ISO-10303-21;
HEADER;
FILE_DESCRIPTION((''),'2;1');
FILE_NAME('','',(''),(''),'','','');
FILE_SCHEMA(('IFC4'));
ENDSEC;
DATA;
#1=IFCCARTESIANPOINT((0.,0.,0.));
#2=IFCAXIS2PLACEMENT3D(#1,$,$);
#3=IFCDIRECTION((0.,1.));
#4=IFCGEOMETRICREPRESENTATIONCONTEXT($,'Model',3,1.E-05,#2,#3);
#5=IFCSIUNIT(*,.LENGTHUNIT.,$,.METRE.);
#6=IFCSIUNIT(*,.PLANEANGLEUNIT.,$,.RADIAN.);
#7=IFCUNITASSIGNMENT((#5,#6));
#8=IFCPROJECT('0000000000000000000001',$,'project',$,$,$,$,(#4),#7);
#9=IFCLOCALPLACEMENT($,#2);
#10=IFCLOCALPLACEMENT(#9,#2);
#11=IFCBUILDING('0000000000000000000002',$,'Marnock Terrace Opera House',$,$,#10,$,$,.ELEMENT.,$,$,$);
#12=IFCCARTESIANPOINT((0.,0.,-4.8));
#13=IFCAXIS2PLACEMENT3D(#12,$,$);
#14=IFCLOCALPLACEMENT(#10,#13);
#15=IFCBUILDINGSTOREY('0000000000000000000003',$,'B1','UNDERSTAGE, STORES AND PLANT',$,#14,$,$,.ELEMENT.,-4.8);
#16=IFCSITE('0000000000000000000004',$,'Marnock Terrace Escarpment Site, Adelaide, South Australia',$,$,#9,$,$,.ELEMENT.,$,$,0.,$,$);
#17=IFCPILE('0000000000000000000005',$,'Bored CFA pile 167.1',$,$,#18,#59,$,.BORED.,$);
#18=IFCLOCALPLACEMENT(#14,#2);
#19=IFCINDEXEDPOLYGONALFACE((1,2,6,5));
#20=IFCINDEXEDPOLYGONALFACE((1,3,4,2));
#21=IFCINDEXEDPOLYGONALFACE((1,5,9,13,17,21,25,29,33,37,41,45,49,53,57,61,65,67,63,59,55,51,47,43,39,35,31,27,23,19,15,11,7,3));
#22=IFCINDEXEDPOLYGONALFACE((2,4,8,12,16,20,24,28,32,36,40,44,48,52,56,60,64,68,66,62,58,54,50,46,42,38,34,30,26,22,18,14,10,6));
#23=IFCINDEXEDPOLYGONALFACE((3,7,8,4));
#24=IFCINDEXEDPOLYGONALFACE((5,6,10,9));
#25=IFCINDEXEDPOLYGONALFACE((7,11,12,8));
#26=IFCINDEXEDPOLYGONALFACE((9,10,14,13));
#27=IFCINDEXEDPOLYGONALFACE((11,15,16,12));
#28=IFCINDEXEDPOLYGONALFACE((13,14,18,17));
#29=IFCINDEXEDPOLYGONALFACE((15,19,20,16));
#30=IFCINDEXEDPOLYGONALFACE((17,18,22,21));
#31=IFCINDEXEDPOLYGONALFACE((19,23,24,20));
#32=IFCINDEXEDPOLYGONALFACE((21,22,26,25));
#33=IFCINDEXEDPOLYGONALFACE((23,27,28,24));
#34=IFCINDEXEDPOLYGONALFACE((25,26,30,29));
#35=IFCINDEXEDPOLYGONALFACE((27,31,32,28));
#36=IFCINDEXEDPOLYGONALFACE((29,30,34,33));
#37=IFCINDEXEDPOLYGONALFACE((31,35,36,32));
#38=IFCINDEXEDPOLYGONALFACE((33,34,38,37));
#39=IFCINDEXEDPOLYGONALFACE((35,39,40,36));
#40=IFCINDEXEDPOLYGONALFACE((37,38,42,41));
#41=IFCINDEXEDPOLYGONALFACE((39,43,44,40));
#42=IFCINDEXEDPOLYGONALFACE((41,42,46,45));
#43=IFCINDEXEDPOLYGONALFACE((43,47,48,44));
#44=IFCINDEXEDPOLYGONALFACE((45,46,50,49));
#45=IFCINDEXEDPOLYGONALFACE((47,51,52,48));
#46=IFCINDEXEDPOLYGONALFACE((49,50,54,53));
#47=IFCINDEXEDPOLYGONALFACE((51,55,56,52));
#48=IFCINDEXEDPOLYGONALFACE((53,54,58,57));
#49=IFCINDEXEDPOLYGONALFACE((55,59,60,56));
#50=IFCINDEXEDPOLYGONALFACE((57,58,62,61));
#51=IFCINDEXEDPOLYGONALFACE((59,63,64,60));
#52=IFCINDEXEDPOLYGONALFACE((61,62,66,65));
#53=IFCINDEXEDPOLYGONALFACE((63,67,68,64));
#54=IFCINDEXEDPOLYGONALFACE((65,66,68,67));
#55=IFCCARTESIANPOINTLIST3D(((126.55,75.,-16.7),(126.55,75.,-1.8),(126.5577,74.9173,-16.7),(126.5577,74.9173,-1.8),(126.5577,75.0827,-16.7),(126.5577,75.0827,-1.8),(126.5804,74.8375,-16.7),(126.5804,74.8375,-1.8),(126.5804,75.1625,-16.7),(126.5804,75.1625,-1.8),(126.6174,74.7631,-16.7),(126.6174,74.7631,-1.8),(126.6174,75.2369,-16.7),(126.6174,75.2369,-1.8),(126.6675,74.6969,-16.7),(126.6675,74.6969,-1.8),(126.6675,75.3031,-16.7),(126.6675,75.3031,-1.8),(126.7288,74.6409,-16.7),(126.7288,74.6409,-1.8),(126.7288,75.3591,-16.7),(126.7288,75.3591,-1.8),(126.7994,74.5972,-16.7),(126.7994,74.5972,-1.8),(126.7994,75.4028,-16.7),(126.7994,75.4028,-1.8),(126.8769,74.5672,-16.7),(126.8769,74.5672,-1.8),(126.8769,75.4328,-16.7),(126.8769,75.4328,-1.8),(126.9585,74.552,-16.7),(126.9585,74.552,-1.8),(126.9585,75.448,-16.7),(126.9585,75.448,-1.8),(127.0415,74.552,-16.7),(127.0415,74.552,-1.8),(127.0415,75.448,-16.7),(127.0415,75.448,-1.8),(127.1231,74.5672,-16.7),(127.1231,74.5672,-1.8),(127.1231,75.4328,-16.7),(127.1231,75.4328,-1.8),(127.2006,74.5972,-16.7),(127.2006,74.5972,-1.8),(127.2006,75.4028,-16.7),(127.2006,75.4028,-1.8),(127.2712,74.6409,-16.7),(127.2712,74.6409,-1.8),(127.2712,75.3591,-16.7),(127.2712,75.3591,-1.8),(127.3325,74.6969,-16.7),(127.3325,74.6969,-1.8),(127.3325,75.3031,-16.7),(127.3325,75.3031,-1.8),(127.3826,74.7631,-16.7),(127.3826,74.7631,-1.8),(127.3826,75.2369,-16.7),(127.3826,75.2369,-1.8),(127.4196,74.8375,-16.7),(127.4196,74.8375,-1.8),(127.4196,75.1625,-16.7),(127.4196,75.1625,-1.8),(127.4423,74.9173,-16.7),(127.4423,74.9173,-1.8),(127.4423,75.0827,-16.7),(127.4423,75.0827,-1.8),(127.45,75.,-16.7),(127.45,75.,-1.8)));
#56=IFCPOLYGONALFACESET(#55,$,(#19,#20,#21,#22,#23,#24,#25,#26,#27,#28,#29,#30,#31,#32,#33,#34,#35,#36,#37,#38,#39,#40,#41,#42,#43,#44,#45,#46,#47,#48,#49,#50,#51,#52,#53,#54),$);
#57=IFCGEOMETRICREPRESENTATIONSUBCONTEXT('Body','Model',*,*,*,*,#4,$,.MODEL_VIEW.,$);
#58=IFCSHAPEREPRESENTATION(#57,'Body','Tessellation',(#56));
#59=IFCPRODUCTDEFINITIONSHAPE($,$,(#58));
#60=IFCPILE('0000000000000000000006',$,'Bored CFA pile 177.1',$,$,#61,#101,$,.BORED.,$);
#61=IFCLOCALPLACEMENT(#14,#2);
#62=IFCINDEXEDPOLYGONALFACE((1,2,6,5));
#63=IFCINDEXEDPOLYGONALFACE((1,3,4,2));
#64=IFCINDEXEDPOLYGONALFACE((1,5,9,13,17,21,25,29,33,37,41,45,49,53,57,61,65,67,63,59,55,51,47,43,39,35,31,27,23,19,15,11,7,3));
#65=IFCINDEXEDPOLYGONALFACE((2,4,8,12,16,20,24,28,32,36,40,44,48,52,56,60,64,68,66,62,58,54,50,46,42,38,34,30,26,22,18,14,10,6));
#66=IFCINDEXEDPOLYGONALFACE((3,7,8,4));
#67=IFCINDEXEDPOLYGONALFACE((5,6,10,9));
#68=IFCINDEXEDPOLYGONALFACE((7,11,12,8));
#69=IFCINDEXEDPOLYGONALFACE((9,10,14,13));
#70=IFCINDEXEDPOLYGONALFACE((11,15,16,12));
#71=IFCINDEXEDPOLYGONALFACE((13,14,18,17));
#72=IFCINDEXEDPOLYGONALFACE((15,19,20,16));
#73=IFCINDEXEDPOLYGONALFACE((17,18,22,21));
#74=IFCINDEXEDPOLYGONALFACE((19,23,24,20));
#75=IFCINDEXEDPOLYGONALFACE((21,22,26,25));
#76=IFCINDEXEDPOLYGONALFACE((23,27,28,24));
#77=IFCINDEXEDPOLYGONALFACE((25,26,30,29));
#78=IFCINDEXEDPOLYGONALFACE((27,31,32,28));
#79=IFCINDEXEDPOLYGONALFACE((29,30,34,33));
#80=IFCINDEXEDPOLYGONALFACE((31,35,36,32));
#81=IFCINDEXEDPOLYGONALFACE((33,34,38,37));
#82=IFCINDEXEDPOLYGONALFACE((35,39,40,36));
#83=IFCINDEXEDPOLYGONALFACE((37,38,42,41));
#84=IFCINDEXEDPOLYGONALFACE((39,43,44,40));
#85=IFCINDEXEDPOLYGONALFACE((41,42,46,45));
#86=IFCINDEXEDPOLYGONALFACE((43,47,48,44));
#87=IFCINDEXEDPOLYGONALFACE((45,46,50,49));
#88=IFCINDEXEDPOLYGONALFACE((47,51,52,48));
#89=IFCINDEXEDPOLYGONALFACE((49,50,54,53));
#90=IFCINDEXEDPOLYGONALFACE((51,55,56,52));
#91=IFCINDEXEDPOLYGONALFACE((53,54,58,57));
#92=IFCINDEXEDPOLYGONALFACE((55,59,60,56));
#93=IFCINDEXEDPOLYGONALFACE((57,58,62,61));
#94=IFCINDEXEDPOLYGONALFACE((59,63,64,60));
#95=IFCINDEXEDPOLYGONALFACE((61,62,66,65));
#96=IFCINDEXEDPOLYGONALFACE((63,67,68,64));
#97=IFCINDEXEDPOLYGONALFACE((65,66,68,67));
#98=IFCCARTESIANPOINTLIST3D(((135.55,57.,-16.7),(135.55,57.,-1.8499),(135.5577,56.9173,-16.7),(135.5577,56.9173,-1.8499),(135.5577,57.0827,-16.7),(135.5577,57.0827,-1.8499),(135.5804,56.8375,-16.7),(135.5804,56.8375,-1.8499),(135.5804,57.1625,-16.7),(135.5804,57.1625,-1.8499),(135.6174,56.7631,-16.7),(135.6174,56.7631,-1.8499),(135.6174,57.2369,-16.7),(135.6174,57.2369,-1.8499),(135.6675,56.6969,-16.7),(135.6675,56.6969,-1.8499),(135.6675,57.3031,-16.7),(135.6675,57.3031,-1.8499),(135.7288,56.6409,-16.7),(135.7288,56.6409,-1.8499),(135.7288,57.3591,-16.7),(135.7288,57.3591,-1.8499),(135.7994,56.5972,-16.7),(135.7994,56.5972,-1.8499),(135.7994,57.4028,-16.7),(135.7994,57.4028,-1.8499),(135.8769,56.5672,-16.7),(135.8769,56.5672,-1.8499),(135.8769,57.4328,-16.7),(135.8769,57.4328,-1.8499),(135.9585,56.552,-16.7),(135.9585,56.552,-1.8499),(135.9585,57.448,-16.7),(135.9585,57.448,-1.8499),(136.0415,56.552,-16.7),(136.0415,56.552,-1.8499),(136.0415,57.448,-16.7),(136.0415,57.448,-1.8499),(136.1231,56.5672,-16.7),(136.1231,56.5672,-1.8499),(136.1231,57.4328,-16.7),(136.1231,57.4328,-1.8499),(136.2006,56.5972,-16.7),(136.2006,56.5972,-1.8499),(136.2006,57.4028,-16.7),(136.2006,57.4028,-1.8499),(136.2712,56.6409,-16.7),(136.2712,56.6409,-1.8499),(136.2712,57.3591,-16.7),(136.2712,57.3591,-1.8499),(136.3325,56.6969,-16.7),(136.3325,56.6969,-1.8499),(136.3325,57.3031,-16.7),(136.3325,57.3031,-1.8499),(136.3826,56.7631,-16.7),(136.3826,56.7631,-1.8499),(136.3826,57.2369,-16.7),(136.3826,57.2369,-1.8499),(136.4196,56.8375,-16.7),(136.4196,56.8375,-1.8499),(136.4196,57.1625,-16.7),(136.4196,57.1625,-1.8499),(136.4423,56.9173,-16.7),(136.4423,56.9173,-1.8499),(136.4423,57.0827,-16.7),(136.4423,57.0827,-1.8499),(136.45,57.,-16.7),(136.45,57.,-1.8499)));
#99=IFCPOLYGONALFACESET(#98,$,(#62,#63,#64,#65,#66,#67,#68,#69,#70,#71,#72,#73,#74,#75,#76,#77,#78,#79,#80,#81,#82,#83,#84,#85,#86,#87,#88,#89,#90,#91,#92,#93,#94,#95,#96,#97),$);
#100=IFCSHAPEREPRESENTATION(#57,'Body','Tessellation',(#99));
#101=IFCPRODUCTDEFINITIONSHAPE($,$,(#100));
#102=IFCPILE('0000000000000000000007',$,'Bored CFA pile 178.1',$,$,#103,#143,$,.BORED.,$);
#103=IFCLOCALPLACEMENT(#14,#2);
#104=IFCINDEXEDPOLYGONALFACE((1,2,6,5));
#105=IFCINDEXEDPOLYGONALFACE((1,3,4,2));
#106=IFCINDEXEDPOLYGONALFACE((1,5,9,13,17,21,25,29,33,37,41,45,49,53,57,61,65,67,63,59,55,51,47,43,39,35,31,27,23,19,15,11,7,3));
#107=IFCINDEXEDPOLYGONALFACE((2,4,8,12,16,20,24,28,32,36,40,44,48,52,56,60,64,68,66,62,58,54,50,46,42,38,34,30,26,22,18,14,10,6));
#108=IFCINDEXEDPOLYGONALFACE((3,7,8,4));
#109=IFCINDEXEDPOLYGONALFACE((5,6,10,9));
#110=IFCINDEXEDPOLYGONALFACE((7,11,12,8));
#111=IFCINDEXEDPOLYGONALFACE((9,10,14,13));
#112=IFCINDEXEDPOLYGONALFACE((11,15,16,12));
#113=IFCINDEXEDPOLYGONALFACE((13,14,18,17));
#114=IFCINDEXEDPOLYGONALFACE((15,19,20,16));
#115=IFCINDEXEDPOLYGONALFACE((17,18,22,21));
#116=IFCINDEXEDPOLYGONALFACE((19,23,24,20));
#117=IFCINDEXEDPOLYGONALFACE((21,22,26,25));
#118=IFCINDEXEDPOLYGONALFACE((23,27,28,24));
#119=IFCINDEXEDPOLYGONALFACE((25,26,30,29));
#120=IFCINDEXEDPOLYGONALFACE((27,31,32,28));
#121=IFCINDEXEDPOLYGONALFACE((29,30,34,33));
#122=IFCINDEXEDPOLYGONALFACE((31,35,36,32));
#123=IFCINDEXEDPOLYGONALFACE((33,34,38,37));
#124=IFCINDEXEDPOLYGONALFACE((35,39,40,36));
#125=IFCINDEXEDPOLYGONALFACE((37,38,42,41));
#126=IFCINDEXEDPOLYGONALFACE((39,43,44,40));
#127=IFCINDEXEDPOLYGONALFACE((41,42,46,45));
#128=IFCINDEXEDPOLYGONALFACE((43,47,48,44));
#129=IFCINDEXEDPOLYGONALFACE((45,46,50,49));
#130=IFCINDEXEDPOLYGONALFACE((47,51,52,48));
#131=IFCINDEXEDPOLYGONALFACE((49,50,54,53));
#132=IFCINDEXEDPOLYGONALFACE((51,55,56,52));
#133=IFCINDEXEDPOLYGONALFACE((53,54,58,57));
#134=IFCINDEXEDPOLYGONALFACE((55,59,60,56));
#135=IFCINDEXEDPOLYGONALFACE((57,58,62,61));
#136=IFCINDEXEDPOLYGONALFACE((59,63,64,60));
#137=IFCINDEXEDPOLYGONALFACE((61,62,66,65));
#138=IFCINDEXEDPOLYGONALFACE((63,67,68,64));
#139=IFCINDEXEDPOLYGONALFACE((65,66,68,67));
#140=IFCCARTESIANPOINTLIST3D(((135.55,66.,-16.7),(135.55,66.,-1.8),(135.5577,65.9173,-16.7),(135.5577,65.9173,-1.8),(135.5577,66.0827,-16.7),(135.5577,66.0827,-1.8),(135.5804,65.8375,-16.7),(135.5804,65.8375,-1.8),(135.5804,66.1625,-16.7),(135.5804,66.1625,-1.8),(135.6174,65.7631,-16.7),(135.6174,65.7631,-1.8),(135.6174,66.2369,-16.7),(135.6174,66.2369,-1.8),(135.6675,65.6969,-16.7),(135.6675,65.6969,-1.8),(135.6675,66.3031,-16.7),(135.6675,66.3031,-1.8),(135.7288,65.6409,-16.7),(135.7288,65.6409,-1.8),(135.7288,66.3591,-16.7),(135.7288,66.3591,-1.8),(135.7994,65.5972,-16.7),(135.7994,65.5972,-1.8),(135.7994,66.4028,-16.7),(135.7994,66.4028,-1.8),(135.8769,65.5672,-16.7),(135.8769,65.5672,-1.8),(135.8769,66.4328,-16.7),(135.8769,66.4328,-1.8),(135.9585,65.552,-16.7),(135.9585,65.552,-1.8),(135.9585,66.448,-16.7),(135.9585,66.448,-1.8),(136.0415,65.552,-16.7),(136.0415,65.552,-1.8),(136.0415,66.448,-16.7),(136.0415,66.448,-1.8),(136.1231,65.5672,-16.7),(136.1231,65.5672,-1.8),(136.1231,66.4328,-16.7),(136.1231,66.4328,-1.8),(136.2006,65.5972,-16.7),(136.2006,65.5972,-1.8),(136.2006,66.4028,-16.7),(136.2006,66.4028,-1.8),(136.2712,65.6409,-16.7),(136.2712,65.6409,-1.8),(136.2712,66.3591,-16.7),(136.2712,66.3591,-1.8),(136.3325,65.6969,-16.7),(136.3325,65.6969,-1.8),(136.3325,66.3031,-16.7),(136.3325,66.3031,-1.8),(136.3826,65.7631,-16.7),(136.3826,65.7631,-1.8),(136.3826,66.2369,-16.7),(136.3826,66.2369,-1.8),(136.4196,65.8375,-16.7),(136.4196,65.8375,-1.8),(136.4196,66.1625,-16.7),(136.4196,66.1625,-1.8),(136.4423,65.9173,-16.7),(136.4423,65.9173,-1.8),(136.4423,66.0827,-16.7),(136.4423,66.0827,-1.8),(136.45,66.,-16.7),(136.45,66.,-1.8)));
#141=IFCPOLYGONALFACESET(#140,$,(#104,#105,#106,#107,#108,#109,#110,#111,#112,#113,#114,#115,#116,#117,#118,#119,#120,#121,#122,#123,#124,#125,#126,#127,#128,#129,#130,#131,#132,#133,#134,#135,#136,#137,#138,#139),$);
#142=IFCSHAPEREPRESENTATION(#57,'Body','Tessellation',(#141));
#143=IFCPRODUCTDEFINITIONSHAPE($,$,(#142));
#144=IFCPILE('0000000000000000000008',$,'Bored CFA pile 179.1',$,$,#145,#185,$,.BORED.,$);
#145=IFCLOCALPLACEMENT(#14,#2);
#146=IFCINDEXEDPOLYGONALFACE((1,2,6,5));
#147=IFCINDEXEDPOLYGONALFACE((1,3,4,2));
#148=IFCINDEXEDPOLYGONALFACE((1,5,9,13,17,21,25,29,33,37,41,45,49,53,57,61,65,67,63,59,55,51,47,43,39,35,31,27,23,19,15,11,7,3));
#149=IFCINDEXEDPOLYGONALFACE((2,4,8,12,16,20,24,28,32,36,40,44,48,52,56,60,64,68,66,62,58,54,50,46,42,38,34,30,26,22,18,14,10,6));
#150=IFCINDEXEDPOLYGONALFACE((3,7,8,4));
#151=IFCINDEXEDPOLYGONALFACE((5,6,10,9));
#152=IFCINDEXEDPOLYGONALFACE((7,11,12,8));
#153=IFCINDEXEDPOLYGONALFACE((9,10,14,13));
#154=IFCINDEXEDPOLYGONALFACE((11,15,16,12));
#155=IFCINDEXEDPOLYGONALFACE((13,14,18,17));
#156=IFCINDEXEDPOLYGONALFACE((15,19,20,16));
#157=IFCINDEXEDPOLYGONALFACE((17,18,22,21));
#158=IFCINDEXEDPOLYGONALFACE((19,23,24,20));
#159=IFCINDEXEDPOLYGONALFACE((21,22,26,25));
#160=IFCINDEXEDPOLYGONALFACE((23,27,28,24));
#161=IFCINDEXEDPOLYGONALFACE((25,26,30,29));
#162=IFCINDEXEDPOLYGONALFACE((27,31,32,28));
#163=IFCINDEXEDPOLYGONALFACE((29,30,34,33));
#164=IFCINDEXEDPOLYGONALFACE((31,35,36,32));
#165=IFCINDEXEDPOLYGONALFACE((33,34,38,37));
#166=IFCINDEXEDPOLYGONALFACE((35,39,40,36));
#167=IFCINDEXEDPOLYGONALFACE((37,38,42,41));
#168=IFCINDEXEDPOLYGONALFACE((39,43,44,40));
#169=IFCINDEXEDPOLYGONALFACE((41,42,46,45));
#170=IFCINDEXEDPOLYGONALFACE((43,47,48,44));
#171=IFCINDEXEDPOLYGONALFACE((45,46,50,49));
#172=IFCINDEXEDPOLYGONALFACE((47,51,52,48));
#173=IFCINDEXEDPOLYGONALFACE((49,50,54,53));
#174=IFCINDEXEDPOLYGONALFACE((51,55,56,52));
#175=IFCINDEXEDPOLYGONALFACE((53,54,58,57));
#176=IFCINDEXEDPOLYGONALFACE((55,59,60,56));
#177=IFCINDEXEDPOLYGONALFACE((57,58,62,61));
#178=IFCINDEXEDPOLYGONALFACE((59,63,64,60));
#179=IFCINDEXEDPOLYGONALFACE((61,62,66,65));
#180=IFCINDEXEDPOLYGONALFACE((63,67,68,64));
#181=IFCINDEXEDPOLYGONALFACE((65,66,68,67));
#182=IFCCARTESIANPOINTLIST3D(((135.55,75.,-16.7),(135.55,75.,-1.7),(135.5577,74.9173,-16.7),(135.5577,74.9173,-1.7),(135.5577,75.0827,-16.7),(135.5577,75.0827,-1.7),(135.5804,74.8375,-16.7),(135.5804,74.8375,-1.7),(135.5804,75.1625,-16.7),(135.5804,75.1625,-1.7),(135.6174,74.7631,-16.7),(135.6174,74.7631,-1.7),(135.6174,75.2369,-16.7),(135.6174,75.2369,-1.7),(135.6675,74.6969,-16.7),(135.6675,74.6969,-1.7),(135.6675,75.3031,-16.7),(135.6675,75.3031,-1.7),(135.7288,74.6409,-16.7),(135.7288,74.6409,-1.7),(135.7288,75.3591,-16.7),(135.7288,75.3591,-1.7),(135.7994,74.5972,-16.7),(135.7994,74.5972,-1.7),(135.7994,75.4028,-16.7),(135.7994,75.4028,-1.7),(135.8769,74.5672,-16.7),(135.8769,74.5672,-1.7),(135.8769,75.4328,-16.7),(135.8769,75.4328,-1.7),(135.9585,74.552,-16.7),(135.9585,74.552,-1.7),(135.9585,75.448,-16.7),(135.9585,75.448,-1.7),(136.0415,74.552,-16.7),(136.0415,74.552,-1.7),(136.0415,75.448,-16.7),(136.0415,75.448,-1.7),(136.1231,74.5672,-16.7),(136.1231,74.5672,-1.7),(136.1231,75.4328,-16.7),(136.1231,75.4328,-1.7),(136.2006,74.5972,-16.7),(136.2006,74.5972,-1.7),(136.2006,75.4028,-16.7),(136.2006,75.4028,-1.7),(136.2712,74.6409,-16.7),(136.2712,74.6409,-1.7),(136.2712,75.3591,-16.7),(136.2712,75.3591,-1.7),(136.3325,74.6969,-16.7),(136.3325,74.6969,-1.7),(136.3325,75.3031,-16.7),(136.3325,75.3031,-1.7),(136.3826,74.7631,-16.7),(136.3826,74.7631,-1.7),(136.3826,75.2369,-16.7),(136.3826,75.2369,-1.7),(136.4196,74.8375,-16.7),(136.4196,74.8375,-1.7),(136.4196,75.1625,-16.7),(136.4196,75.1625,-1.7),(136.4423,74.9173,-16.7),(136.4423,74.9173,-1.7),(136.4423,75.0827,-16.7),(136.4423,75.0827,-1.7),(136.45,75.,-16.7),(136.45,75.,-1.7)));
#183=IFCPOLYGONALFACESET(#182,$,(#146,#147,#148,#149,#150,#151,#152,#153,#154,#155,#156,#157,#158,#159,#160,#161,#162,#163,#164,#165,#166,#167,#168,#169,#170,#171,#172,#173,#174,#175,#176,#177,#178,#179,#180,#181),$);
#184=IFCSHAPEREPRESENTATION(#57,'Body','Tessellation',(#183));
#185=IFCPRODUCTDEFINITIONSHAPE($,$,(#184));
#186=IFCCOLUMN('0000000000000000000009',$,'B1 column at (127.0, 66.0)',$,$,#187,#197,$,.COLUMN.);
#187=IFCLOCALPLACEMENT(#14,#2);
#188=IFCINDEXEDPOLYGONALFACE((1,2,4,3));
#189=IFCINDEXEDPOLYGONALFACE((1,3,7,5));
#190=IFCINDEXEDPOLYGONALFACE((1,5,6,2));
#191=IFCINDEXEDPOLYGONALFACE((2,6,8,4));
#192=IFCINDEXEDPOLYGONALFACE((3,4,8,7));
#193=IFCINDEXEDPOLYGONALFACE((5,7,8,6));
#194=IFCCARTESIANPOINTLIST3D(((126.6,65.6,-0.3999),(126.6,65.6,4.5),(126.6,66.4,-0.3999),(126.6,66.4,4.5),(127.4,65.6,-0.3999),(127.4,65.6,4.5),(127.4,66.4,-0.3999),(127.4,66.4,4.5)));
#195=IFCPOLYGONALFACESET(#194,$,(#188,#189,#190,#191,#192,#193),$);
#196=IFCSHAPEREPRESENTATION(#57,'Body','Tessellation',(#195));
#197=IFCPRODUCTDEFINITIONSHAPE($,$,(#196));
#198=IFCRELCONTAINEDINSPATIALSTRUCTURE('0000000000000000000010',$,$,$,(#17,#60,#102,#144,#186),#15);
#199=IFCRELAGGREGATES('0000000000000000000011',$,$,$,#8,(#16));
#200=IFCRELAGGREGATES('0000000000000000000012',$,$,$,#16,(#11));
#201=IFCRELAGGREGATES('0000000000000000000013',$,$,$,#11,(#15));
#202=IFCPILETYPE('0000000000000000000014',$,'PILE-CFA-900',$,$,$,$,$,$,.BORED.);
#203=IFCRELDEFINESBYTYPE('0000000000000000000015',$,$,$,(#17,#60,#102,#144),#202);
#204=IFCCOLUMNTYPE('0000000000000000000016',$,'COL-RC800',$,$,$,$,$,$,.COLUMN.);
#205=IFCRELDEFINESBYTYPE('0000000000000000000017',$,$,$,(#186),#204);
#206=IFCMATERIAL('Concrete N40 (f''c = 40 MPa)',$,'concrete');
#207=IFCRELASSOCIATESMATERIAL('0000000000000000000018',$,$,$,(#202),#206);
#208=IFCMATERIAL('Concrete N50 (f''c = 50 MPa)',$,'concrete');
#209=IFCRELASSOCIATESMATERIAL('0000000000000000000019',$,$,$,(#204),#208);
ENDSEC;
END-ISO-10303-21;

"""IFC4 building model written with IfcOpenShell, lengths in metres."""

from ifc_helpers import new_model, si_unit, direction, frame, origin, origin_2d, place, context, subcontext, project, spatial, rectangle, circle, extrude, material, material_profile, profile_set, type_object, element, save


model = new_model("IFC4")

# Units and contexts
model_context = context("Model", 3, precision=1e-05, world=origin(), true_north=direction((0.0, 1.0)))
body_context = subcontext(model_context, "Body", "Model", "MODEL_VIEW")
ifc_project = project(units=[si_unit("LENGTHUNIT", "METRE"), si_unit("PLANEANGLEUNIT", "RADIAN")], contexts=[model_context])

# Site, building, storey
site_placement = place(None, origin())
site = spatial("IfcSite", under=ifc_project, at=site_placement, Name="Marnock Terrace Escarpment Site, Adelaide, South Australia", CompositionType="ELEMENT", RefElevation=0.0)
building_placement = place(site_placement, origin())
building = spatial("IfcBuilding", under=site, at=building_placement, Name="Marnock Terrace Opera House", CompositionType="ELEMENT")
storey_placement = place(building_placement, frame((0.0, 0.0, -4.8)))
storey = spatial("IfcBuildingStorey", under=building, at=storey_placement, Name="B1", Description="UNDERSTAGE, STORES AND PLANT", CompositionType="ELEMENT", Elevation=-4.8)

# Shared definitions
ifc_material_1 = material(Name="Concrete N40 (f'c = 40 MPa)", Category="concrete")

# Piles
ifc_material_profile_1 = material_profile(ifc_material_1, circle(Radius=0.45, at=origin_2d()))
ifc_profile_set_1 = profile_set([ifc_material_profile_1], Name="Concrete N40 (f'c = 40 MPa)")
pile_type = type_object("IfcPileType", Name="PILE-CFA-900", PredefinedType="BORED", material=ifc_profile_set_1)
pile_1_placement = place(storey_placement, frame((127.0, 75.0, -1.8), z_axis=(0.0, 0.0, -1.0), x_axis=(1.0, 0.0, 0.0)))
element("IfcPile", 1, at=pile_1_placement, inside=storey, type_object=pile_type, Name="Bored CFA pile 167.1", PredefinedType="BORED", context=body_context, shape_type="SweptSolid", body=[
    extrude(circle(Radius=0.45, at=origin_2d()), origin(), (0.0, 0.0, 1.0), 14.8999),
])
pile_2_placement = place(storey_placement, frame((136.0, 57.0, -1.8499), z_axis=(0.0, 0.0, -1.0), x_axis=(1.0, 0.0, 0.0)))
element("IfcPile", 2, at=pile_2_placement, inside=storey, type_object=pile_type, Name="Bored CFA pile 177.1", PredefinedType="BORED", context=body_context, shape_type="SweptSolid", body=[
    extrude(circle(Radius=0.45, at=origin_2d()), origin(), (0.0, 0.0, 1.0), 14.8501),
])
pile_3_placement = place(storey_placement, frame((136.0, 66.0, -1.8), z_axis=(0.0, 0.0, -1.0), x_axis=(1.0, 0.0, 0.0)))
element("IfcPile", 3, at=pile_3_placement, inside=storey, type_object=pile_type, Name="Bored CFA pile 178.1", PredefinedType="BORED", context=body_context, shape_type="SweptSolid", body=[
    extrude(circle(Radius=0.45, at=origin_2d()), origin(), (0.0, 0.0, 1.0), 14.8999),
])
pile_4_placement = place(storey_placement, frame((136.0, 75.0, -1.7), z_axis=(0.0, 0.0, -1.0), x_axis=(1.0, 0.0, 0.0)))
element("IfcPile", 4, at=pile_4_placement, inside=storey, type_object=pile_type, Name="Bored CFA pile 179.1", PredefinedType="BORED", context=body_context, shape_type="SweptSolid", body=[
    extrude(circle(Radius=0.45, at=origin_2d()), origin(), (0.0, 0.0, 1.0), 15.0),
])

# Column
ifc_material_2 = material(Name="Concrete N50 (f'c = 50 MPa)", Category="concrete")
ifc_material_profile_2 = material_profile(ifc_material_2, rectangle(XDim=0.8, YDim=0.8, at=origin_2d()))
ifc_profile_set_2 = profile_set([ifc_material_profile_2], Name="Concrete N50 (f'c = 50 MPa)")
column_type = type_object("IfcColumnType", Name="COL-RC800", PredefinedType="COLUMN", material=ifc_profile_set_2)
for number, where, z_axis, x_axis, name in (
    (5, (127.0, 66.0, -0.3999), (0.0, 0.0, 1.0), (1.0, 0.0, 0.0), "B1 column at (127.0, 66.0)"),
):
    element("IfcColumn", number, at=place(storey_placement, frame(where, z_axis=z_axis, x_axis=x_axis)), inside=storey, type_object=column_type, Name=name, PredefinedType="COLUMN", context=body_context, shape_type="SweptSolid", body=[
        extrude(rectangle(XDim=0.8, YDim=0.8, at=origin_2d()), origin(), (0.0, 0.0, 1.0), 4.8999),
    ])

save(model, "model.ifc")
